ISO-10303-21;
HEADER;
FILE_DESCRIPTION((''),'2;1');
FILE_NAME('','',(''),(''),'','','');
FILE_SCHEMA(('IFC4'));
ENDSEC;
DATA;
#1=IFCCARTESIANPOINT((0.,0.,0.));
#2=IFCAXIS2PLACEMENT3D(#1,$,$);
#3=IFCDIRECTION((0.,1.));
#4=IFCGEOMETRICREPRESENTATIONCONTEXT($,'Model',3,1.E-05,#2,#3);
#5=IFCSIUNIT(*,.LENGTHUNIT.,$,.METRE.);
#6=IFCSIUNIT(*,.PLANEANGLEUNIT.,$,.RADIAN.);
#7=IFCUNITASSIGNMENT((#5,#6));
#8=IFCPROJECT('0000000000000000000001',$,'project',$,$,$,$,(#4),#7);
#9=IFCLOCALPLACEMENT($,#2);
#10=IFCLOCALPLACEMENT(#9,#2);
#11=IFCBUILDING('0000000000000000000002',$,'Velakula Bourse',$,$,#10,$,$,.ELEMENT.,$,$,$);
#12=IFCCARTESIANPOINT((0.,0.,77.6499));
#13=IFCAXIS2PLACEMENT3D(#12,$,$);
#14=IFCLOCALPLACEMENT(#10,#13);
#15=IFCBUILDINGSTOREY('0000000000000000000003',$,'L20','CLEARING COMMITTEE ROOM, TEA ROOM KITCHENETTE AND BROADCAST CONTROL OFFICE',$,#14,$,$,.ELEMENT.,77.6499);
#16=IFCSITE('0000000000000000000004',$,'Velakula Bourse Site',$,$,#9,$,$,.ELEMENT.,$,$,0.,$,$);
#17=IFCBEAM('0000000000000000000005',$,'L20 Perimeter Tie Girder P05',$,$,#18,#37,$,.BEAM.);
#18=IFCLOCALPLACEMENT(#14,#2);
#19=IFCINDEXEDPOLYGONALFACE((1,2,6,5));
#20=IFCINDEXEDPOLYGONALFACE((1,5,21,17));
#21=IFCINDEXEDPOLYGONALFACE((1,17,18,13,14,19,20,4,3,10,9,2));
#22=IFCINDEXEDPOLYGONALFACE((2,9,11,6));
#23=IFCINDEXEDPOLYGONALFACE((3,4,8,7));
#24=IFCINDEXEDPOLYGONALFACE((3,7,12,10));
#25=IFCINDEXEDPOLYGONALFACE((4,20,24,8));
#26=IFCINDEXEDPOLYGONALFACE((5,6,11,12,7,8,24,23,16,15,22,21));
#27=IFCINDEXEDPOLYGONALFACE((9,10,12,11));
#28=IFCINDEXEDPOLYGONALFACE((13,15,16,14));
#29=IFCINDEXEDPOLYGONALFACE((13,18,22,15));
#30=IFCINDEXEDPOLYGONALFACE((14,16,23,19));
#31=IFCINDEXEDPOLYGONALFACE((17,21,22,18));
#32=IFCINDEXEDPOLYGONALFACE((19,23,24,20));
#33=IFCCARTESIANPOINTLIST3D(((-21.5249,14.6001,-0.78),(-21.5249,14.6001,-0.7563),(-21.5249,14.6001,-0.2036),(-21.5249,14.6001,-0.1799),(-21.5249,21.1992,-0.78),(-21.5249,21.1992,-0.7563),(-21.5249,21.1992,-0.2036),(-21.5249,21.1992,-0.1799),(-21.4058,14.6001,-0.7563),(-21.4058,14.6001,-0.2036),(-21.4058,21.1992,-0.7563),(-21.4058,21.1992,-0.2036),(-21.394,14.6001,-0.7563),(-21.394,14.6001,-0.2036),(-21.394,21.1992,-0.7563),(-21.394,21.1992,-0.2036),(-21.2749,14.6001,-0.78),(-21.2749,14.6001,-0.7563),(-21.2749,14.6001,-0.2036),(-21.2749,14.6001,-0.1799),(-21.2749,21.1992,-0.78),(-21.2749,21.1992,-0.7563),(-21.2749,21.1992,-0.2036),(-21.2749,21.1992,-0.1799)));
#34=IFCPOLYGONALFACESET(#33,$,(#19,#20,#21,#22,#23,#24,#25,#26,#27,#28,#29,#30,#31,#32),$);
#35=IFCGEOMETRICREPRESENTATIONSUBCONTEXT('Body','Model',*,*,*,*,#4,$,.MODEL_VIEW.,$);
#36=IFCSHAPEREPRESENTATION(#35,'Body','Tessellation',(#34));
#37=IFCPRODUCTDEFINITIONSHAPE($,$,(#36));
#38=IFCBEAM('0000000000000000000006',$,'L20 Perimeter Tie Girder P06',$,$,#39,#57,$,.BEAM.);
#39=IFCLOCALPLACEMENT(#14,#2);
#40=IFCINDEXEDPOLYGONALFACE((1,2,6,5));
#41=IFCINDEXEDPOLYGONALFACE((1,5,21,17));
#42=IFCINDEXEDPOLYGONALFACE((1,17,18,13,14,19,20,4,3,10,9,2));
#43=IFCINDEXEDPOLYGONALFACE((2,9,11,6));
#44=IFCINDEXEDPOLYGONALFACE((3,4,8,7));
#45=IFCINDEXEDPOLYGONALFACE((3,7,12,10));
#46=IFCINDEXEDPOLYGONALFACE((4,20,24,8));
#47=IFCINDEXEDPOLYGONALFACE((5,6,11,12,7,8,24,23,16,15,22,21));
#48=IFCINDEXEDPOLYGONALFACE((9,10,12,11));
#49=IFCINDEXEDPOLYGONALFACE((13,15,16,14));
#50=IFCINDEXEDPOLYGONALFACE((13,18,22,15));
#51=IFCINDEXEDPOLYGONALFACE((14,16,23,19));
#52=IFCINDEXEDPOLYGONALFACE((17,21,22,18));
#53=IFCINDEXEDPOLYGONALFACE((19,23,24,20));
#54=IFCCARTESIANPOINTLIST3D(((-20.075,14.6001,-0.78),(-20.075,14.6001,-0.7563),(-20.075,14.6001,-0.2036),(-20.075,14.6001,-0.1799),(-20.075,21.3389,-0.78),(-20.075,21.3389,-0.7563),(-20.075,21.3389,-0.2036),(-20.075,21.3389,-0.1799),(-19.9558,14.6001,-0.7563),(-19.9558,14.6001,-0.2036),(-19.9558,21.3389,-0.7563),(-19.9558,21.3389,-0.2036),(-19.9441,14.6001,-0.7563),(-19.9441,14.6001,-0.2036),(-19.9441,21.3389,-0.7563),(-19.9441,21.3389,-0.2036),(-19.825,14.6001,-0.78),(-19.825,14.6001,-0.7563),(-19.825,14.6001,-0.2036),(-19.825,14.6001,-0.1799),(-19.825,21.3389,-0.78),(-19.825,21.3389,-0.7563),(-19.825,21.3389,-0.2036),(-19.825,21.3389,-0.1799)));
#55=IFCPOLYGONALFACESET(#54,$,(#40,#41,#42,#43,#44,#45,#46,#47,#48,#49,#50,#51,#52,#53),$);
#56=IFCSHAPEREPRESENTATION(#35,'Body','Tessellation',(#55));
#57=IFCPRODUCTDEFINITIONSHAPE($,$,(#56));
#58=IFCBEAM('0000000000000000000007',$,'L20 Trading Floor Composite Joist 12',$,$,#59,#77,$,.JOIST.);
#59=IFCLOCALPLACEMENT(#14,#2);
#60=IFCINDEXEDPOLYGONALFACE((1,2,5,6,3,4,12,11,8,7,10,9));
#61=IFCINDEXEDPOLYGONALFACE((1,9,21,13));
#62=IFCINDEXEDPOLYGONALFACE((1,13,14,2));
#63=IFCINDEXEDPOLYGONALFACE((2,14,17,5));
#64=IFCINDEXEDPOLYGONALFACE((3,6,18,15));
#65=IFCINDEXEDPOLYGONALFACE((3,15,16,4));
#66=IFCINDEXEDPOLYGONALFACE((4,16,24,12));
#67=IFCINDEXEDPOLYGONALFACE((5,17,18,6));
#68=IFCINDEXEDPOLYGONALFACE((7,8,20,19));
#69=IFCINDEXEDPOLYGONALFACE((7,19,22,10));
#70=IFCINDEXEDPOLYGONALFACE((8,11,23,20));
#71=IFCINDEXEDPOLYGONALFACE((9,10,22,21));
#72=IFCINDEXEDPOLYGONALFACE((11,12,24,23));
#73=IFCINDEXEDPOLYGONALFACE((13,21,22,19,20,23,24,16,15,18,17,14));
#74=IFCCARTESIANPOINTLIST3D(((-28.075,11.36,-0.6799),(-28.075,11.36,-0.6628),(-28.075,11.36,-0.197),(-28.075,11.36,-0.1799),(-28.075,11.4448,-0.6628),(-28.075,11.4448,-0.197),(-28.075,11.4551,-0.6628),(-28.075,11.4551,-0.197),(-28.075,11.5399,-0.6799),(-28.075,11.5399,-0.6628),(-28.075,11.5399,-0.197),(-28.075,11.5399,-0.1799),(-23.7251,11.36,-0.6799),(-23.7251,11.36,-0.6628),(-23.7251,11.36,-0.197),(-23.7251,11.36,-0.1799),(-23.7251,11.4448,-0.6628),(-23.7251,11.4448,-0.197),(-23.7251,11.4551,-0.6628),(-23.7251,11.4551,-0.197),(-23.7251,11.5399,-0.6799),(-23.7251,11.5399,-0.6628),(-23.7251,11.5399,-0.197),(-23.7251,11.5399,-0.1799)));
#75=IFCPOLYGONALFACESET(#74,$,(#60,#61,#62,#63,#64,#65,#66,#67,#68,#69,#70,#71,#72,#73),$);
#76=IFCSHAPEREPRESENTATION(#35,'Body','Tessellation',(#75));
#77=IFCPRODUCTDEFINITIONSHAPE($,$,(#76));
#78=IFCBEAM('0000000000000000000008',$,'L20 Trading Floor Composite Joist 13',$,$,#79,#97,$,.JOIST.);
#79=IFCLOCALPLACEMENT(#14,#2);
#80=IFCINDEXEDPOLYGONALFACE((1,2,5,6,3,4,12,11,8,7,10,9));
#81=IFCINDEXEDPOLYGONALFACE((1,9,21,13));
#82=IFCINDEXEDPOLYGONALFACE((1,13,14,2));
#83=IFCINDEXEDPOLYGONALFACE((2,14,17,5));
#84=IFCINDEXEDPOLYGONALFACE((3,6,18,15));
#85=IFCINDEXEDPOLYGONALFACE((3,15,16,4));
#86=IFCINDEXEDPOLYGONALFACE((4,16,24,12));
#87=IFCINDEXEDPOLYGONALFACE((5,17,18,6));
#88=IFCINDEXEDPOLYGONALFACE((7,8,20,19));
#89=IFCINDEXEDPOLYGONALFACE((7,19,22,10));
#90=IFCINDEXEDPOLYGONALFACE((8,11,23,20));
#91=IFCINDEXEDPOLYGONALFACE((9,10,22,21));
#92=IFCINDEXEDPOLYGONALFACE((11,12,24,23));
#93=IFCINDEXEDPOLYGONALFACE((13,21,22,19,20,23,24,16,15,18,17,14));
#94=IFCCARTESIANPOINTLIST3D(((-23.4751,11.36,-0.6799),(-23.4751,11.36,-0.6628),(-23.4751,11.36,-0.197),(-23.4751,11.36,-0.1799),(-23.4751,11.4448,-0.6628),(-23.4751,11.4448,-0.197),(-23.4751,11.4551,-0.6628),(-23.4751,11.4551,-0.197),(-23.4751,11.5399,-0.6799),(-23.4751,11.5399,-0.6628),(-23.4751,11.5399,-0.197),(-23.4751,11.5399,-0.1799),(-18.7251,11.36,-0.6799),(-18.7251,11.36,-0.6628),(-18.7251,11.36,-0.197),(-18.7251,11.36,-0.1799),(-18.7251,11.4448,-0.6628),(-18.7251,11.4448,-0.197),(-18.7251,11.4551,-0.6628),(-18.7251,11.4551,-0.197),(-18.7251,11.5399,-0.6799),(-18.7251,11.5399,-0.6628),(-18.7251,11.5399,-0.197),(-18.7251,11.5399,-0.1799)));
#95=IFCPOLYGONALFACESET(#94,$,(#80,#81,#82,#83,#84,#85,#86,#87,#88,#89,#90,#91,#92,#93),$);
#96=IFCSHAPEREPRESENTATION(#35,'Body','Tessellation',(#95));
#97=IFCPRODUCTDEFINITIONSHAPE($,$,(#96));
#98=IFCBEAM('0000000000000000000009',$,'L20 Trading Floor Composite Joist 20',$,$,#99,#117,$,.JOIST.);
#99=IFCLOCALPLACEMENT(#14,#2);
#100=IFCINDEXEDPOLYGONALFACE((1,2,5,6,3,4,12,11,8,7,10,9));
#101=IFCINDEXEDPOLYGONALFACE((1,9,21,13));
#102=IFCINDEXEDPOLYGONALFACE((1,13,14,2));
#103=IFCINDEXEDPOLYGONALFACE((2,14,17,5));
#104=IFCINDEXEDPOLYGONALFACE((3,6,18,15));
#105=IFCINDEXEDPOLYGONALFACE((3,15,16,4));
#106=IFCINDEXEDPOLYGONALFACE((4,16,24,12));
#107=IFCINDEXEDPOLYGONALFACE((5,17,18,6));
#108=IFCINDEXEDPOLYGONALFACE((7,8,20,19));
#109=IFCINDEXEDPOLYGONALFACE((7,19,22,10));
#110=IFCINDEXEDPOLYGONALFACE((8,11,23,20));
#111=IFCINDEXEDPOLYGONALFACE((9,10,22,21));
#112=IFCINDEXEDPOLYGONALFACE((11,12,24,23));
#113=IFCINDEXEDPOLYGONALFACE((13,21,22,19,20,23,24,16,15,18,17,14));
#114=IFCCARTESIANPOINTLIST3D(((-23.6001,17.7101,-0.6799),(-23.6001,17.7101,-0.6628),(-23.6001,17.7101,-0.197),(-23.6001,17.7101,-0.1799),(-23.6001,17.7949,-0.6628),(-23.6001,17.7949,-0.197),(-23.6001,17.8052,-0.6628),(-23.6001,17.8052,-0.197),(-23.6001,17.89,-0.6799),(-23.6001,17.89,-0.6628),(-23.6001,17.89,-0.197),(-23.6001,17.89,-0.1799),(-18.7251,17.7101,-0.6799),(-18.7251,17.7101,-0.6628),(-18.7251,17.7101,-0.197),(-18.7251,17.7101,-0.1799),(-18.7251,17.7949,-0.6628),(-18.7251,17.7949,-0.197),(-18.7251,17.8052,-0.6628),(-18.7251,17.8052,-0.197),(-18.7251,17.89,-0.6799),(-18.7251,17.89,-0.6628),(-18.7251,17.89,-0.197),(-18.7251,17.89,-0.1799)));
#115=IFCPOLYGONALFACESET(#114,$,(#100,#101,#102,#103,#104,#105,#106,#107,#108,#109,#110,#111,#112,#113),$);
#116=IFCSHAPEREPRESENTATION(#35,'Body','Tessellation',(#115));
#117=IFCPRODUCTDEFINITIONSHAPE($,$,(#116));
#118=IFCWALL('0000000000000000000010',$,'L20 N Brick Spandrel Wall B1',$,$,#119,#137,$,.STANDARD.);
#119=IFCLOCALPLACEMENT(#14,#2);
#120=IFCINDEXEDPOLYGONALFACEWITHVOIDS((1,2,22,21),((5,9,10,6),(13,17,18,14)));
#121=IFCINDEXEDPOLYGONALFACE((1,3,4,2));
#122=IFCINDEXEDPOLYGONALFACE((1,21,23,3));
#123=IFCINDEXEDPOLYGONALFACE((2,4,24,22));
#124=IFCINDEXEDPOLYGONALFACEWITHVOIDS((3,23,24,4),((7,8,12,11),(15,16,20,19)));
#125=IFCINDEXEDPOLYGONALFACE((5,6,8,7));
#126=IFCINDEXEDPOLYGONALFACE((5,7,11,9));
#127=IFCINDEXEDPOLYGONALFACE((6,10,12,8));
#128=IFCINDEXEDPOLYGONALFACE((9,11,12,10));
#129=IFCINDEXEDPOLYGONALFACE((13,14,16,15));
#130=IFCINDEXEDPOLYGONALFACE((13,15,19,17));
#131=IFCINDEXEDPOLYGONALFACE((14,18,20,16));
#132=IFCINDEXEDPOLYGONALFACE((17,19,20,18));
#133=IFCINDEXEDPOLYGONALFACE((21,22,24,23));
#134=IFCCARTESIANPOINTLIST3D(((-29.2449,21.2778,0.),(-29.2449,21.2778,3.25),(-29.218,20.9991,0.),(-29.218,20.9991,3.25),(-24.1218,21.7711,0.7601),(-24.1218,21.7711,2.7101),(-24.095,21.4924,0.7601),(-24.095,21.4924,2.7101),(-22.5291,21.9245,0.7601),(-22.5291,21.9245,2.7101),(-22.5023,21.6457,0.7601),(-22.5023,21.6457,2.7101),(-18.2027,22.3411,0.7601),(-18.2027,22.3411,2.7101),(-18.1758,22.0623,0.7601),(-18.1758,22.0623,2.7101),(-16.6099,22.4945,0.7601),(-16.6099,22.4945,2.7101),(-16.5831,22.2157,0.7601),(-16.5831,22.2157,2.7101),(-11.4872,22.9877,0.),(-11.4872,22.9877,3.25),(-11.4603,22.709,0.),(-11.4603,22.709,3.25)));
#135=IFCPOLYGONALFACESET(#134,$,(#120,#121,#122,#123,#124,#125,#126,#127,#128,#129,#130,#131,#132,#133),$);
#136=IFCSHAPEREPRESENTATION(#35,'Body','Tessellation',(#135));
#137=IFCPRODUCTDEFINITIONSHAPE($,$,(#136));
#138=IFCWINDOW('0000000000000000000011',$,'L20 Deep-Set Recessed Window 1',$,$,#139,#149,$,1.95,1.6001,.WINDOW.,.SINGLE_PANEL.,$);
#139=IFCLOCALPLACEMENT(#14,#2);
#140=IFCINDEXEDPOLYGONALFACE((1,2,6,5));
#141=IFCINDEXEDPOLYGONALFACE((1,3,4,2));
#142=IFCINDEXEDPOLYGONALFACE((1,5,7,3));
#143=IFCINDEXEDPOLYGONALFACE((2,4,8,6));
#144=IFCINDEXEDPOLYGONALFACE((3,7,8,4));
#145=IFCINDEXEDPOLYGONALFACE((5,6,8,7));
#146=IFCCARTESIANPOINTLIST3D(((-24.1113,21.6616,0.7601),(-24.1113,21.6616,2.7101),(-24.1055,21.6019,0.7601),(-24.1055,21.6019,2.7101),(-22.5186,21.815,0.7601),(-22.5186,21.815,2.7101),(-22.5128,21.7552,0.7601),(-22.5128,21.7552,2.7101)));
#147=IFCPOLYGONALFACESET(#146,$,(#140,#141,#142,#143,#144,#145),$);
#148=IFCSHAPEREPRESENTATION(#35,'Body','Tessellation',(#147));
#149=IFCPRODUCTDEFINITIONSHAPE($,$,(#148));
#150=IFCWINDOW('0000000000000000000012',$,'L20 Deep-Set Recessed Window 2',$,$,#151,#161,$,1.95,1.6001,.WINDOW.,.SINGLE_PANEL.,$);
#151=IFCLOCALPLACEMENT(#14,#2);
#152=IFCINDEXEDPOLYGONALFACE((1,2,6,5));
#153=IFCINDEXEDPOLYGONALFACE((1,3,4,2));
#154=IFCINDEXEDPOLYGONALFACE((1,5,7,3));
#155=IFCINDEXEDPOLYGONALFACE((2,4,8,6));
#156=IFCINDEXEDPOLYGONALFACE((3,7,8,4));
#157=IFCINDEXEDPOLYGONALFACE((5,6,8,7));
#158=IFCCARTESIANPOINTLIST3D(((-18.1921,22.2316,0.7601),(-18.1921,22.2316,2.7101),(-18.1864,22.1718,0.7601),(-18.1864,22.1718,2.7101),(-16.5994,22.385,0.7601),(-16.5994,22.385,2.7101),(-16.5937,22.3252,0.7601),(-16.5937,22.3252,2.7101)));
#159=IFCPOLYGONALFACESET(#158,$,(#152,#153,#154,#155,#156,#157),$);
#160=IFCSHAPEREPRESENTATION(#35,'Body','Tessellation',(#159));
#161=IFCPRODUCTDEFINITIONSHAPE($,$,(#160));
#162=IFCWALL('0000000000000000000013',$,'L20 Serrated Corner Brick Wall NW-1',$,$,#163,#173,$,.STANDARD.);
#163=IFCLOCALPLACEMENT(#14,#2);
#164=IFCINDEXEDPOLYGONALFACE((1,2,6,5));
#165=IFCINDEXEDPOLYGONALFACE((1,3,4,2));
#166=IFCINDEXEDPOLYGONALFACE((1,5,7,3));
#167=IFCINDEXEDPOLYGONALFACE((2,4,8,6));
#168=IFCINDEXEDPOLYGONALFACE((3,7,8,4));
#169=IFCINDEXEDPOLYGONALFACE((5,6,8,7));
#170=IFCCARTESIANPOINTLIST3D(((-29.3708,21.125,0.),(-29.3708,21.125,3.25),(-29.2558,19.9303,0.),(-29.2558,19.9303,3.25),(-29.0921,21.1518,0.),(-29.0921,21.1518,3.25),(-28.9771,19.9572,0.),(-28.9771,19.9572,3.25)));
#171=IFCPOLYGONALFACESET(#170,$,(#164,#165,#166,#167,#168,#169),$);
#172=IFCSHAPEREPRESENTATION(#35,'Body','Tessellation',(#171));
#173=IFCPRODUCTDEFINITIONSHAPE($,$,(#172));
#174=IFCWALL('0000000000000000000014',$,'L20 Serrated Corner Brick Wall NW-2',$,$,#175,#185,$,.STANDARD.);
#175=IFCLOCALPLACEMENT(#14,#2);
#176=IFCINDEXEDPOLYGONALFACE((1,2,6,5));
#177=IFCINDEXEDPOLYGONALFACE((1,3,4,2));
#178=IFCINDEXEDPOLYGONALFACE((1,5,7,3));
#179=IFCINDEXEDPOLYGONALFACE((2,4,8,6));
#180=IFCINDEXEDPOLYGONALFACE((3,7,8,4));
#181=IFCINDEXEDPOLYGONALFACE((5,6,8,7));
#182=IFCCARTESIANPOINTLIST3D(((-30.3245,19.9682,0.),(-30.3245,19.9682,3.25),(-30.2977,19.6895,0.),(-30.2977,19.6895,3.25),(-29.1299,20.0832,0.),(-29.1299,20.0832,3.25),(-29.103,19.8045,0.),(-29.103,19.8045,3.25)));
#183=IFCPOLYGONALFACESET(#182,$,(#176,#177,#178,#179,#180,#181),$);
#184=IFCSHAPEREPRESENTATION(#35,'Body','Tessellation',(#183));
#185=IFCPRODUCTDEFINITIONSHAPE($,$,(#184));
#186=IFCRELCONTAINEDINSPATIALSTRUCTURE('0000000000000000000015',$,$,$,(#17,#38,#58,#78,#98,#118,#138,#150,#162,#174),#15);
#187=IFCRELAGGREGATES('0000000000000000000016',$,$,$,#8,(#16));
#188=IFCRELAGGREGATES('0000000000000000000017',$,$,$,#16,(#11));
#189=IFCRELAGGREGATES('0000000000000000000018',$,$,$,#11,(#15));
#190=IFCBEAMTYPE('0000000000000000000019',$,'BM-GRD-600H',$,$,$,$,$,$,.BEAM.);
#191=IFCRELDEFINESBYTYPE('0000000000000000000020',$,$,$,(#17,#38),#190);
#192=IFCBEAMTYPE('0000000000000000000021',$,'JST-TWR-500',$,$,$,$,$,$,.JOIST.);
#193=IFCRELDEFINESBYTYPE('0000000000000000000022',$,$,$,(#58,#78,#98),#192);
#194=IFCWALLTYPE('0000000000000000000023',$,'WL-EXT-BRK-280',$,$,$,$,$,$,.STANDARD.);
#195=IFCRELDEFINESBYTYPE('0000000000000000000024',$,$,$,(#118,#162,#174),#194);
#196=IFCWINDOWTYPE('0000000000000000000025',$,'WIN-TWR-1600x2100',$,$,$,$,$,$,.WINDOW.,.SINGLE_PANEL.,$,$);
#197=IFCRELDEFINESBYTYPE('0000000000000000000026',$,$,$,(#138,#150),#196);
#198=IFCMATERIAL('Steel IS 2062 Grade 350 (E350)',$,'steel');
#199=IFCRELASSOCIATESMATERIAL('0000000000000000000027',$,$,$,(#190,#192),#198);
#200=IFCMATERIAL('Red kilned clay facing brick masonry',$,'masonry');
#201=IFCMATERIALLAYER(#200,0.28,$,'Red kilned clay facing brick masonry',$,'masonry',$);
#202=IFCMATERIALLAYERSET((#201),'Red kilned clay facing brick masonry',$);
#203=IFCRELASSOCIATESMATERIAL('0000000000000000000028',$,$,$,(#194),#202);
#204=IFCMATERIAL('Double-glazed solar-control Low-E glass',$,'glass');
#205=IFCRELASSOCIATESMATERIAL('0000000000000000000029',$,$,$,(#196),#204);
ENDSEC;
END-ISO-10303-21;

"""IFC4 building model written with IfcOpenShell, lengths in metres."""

from ifc_helpers import new_model, si_unit, direction, frame, frame_2d, origin, origin_2d, place, context, subcontext, project, spatial, rectangle, i_section, extrude, material, layer, layer_set, material_profile, profile_set, type_object, element, fill, save


model = new_model("IFC4")

# Units and contexts
model_context = context("Model", 3, precision=1e-05, world=origin(), true_north=direction((0.0, 1.0)))
body_context = subcontext(model_context, "Body", "Model", "MODEL_VIEW")
ifc_project = project(units=[si_unit("LENGTHUNIT", "METRE"), si_unit("PLANEANGLEUNIT", "RADIAN")], contexts=[model_context])

# Site, building, storey
site_placement = place(None, origin())
site = spatial("IfcSite", under=ifc_project, at=site_placement, Name="Velakula Bourse Site", CompositionType="ELEMENT", RefElevation=0.0)
building_placement = place(site_placement, origin())
building = spatial("IfcBuilding", under=site, at=building_placement, Name="Velakula Bourse", CompositionType="ELEMENT")
storey_placement = place(building_placement, frame((0.0, 0.0, 77.6499)))
storey = spatial("IfcBuildingStorey", under=building, at=storey_placement, Name="L20", Description="CLEARING COMMITTEE ROOM, TEA ROOM KITCHENETTE AND BROADCAST CONTROL OFFICE", CompositionType="ELEMENT", Elevation=77.6499)

# Beams
ifc_material_1 = material(Name="Steel IS 2062 Grade 350 (E350)", Category="steel")
ifc_material_profile_1 = material_profile(ifc_material_1, i_section(OverallWidth=0.25, OverallDepth=0.6001, WebThickness=0.0117, FlangeThickness=0.0237, at=origin_2d()), Name="Steel IS 2062 Grade 350 (E350)")
ifc_profile_set_1 = profile_set([ifc_material_profile_1], Name="Steel IS 2062 Grade 350 (E350)")
beam_type_1 = type_object("IfcBeamType", Name="BM-GRD-600H", PredefinedType="BEAM", material=ifc_profile_set_1)
beam_1_placement = place(storey_placement, frame((-21.3999, 14.6001, -0.48), z_axis=(0.0, 1.0, 0.0), x_axis=(-1.0, 0.0, 0.0)))
element("IfcBeam", 1, at=beam_1_placement, inside=storey, type_object=beam_type_1, Name="L20 Perimeter Tie Girder P05", PredefinedType="BEAM", context=body_context, shape_type="SweptSolid", body=[
    extrude(i_section(OverallWidth=0.25, OverallDepth=0.6001, WebThickness=0.0117, FlangeThickness=0.0237, at=origin_2d()), origin(), (0.0, 0.0, 1.0), 6.5991),
])
beam_2_placement = place(storey_placement, frame((-19.95, 14.6001, -0.48), z_axis=(0.0, 1.0, 0.0), x_axis=(-1.0, 0.0, 0.0)))
element("IfcBeam", 2, at=beam_2_placement, inside=storey, type_object=beam_type_1, Name="L20 Perimeter Tie Girder P06", PredefinedType="BEAM", context=body_context, shape_type="SweptSolid", body=[
    extrude(i_section(OverallWidth=0.25, OverallDepth=0.6001, WebThickness=0.0117, FlangeThickness=0.0237, at=origin_2d()), origin(), (0.0, 0.0, 1.0), 6.7388),
])
ifc_material_profile_2 = material_profile(ifc_material_1, i_section(OverallWidth=0.1799, OverallDepth=0.5, WebThickness=0.0103, FlangeThickness=0.0171, at=origin_2d()), Name="Steel IS 2062 Grade 350 (E350)")
ifc_profile_set_2 = profile_set([ifc_material_profile_2], Name="Steel IS 2062 Grade 350 (E350)")
beam_type_2 = type_object("IfcBeamType", Name="JST-TWR-500", PredefinedType="JOIST", material=ifc_profile_set_2)
beam_3_placement = place(storey_placement, frame((-28.075, 11.45, -0.4299), z_axis=(1.0, 0.0, 0.0), x_axis=(0.0, 1.0, 0.0)))
element("IfcBeam", 3, at=beam_3_placement, inside=storey, type_object=beam_type_2, Name="L20 Trading Floor Composite Joist 12", PredefinedType="JOIST", context=body_context, shape_type="SweptSolid", body=[
    extrude(i_section(OverallWidth=0.1799, OverallDepth=0.5, WebThickness=0.0103, FlangeThickness=0.0171, at=origin_2d()), origin(), (0.0, 0.0, 1.0), 4.3499),
])
beam_4_placement = place(storey_placement, frame((-23.4751, 11.45, -0.4299), z_axis=(1.0, 0.0, 0.0), x_axis=(0.0, 1.0, 0.0)))
element("IfcBeam", 4, at=beam_4_placement, inside=storey, type_object=beam_type_2, Name="L20 Trading Floor Composite Joist 13", PredefinedType="JOIST", context=body_context, shape_type="SweptSolid", body=[
    extrude(i_section(OverallWidth=0.1799, OverallDepth=0.5, WebThickness=0.0103, FlangeThickness=0.0171, at=origin_2d()), origin(), (0.0, 0.0, 1.0), 4.75),
])
beam_5_placement = place(storey_placement, frame((-23.6001, 17.8, -0.4299), z_axis=(1.0, 0.0, 0.0), x_axis=(0.0, 1.0, 0.0)))
element("IfcBeam", 5, at=beam_5_placement, inside=storey, type_object=beam_type_2, Name="L20 Trading Floor Composite Joist 20", PredefinedType="JOIST", context=body_context, shape_type="SweptSolid", body=[
    extrude(i_section(OverallWidth=0.1799, OverallDepth=0.5, WebThickness=0.0103, FlangeThickness=0.0171, at=origin_2d()), origin(), (0.0, 0.0, 1.0), 4.875),
])

# Wall, openings, windows
ifc_material_2 = material(Name="Red kilned clay facing brick masonry", Category="masonry")
ifc_layer_1 = layer(ifc_material_2, 0.28, Name="Red kilned clay facing brick masonry", Category="masonry")
ifc_layer_set_1 = layer_set([ifc_layer_1], Name="Red kilned clay facing brick masonry")
wall_type_1 = type_object("IfcWallType", Name="WL-EXT-BRK-280", PredefinedType="STANDARD", material=ifc_layer_set_1)
wall_1_placement = place(storey_placement, frame((-29.2314, 21.1384, 0.0), z_axis=(0.0, 0.0, 1.0), x_axis=(0.995396, 0.09585, 0.0)))
wall_1 = element("IfcWall", 6, at=wall_1_placement, inside=storey, type_object=wall_type_1, Name="L20 N Brick Spandrel Wall B1", PredefinedType="STANDARD", context=body_context, shape_type="SweptSolid", body=[
    extrude(rectangle(XDim=17.8398, YDim=0.28, at=frame_2d((8.9199, 0.0))), origin(), (0.0, 0.0, 1.0), 3.25),
])
opening_1_placement = place(wall_1_placement, frame((5.1467, 0.0, 0.76)))
opening_1 = element("IfcOpeningElement", 7, at=opening_1_placement, cuts=wall_1, PredefinedType="OPENING", context=body_context, shape_type="SweptSolid", body=[
    extrude(rectangle(XDim=1.6001, YDim=1.95, at=frame_2d((0.8, 0.9751))), frame((0.0, 0.1499, 0.0), z_axis=(0.0, -1.0, 0.0), x_axis=(1.0, 0.0, 0.0)), (0.0, 0.0, 1.0), 0.3),
])
opening_2_placement = place(wall_1_placement, frame((11.0933, 0.0, 0.76)))
opening_2 = element("IfcOpeningElement", 8, at=opening_2_placement, cuts=wall_1, PredefinedType="OPENING", context=body_context, shape_type="SweptSolid", body=[
    extrude(rectangle(XDim=1.6001, YDim=1.95, at=frame_2d((0.8, 0.9751))), frame((0.0, 0.1499, 0.0), z_axis=(0.0, -1.0, 0.0), x_axis=(1.0, 0.0, 0.0)), (0.0, 0.0, 1.0), 0.3),
])
ifc_material_3 = material(Name="Double-glazed solar-control Low-E glass", Category="glass")
window_type = type_object("IfcWindowType", Name="WIN-TWR-1600x2100", PartitioningType="SINGLE_PANEL", PredefinedType="WINDOW", material=ifc_material_3)
window_1_placement = place(opening_1_placement, origin())
window_1 = element("IfcWindow", 9, at=window_1_placement, inside=storey, type_object=window_type, Name="L20 Deep-Set Recessed Window 1", OverallHeight=1.95, OverallWidth=1.6001, PartitioningType="SINGLE_PANEL", PredefinedType="WINDOW", context=body_context, shape_type="SweptSolid", body=[
    extrude(rectangle(XDim=1.6001, YDim=1.95, at=frame_2d((0.8, 0.9751))), frame((0.0, 0.03, 0.0), z_axis=(0.0, -1.0, 0.0), x_axis=(1.0, 0.0, 0.0)), (0.0, 0.0, 1.0), 0.0601),
])
fill(opening_1, window_1)
window_2_placement = place(opening_2_placement, origin())
window_2 = element("IfcWindow", 10, at=window_2_placement, inside=storey, type_object=window_type, Name="L20 Deep-Set Recessed Window 2", OverallHeight=1.95, OverallWidth=1.6001, PartitioningType="SINGLE_PANEL", PredefinedType="WINDOW", context=body_context, shape_type="SweptSolid", body=[
    extrude(rectangle(XDim=1.6001, YDim=1.95, at=frame_2d((0.8, 0.9751))), frame((0.0, 0.03, 0.0), z_axis=(0.0, -1.0, 0.0), x_axis=(1.0, 0.0, 0.0)), (0.0, 0.0, 1.0), 0.0601),
])
fill(opening_2, window_2)

# Walls
for number, where, z_axis, x_axis, name in (
    (11, (-29.2314, 21.1384, 0.0), (0.0, 0.0, 1.0), (0.095817, -0.995399, 0.0), "L20 Serrated Corner Brick Wall NW-1"),
    (12, (-29.1165, 19.9438, 0.0), (0.0, 0.0, 1.0), (-0.995399, -0.095817, 0.0), "L20 Serrated Corner Brick Wall NW-2"),
):
    element("IfcWall", number, at=place(storey_placement, frame(where, z_axis=z_axis, x_axis=x_axis)), inside=storey, type_object=wall_type_1, Name=name, PredefinedType="STANDARD", context=body_context, shape_type="SweptSolid", body=[
        extrude(rectangle(XDim=1.2002, YDim=0.28, at=frame_2d((0.6001, 0.0))), origin(), (0.0, 0.0, 1.0), 3.25),
    ])

save(model, "model.ifc")
